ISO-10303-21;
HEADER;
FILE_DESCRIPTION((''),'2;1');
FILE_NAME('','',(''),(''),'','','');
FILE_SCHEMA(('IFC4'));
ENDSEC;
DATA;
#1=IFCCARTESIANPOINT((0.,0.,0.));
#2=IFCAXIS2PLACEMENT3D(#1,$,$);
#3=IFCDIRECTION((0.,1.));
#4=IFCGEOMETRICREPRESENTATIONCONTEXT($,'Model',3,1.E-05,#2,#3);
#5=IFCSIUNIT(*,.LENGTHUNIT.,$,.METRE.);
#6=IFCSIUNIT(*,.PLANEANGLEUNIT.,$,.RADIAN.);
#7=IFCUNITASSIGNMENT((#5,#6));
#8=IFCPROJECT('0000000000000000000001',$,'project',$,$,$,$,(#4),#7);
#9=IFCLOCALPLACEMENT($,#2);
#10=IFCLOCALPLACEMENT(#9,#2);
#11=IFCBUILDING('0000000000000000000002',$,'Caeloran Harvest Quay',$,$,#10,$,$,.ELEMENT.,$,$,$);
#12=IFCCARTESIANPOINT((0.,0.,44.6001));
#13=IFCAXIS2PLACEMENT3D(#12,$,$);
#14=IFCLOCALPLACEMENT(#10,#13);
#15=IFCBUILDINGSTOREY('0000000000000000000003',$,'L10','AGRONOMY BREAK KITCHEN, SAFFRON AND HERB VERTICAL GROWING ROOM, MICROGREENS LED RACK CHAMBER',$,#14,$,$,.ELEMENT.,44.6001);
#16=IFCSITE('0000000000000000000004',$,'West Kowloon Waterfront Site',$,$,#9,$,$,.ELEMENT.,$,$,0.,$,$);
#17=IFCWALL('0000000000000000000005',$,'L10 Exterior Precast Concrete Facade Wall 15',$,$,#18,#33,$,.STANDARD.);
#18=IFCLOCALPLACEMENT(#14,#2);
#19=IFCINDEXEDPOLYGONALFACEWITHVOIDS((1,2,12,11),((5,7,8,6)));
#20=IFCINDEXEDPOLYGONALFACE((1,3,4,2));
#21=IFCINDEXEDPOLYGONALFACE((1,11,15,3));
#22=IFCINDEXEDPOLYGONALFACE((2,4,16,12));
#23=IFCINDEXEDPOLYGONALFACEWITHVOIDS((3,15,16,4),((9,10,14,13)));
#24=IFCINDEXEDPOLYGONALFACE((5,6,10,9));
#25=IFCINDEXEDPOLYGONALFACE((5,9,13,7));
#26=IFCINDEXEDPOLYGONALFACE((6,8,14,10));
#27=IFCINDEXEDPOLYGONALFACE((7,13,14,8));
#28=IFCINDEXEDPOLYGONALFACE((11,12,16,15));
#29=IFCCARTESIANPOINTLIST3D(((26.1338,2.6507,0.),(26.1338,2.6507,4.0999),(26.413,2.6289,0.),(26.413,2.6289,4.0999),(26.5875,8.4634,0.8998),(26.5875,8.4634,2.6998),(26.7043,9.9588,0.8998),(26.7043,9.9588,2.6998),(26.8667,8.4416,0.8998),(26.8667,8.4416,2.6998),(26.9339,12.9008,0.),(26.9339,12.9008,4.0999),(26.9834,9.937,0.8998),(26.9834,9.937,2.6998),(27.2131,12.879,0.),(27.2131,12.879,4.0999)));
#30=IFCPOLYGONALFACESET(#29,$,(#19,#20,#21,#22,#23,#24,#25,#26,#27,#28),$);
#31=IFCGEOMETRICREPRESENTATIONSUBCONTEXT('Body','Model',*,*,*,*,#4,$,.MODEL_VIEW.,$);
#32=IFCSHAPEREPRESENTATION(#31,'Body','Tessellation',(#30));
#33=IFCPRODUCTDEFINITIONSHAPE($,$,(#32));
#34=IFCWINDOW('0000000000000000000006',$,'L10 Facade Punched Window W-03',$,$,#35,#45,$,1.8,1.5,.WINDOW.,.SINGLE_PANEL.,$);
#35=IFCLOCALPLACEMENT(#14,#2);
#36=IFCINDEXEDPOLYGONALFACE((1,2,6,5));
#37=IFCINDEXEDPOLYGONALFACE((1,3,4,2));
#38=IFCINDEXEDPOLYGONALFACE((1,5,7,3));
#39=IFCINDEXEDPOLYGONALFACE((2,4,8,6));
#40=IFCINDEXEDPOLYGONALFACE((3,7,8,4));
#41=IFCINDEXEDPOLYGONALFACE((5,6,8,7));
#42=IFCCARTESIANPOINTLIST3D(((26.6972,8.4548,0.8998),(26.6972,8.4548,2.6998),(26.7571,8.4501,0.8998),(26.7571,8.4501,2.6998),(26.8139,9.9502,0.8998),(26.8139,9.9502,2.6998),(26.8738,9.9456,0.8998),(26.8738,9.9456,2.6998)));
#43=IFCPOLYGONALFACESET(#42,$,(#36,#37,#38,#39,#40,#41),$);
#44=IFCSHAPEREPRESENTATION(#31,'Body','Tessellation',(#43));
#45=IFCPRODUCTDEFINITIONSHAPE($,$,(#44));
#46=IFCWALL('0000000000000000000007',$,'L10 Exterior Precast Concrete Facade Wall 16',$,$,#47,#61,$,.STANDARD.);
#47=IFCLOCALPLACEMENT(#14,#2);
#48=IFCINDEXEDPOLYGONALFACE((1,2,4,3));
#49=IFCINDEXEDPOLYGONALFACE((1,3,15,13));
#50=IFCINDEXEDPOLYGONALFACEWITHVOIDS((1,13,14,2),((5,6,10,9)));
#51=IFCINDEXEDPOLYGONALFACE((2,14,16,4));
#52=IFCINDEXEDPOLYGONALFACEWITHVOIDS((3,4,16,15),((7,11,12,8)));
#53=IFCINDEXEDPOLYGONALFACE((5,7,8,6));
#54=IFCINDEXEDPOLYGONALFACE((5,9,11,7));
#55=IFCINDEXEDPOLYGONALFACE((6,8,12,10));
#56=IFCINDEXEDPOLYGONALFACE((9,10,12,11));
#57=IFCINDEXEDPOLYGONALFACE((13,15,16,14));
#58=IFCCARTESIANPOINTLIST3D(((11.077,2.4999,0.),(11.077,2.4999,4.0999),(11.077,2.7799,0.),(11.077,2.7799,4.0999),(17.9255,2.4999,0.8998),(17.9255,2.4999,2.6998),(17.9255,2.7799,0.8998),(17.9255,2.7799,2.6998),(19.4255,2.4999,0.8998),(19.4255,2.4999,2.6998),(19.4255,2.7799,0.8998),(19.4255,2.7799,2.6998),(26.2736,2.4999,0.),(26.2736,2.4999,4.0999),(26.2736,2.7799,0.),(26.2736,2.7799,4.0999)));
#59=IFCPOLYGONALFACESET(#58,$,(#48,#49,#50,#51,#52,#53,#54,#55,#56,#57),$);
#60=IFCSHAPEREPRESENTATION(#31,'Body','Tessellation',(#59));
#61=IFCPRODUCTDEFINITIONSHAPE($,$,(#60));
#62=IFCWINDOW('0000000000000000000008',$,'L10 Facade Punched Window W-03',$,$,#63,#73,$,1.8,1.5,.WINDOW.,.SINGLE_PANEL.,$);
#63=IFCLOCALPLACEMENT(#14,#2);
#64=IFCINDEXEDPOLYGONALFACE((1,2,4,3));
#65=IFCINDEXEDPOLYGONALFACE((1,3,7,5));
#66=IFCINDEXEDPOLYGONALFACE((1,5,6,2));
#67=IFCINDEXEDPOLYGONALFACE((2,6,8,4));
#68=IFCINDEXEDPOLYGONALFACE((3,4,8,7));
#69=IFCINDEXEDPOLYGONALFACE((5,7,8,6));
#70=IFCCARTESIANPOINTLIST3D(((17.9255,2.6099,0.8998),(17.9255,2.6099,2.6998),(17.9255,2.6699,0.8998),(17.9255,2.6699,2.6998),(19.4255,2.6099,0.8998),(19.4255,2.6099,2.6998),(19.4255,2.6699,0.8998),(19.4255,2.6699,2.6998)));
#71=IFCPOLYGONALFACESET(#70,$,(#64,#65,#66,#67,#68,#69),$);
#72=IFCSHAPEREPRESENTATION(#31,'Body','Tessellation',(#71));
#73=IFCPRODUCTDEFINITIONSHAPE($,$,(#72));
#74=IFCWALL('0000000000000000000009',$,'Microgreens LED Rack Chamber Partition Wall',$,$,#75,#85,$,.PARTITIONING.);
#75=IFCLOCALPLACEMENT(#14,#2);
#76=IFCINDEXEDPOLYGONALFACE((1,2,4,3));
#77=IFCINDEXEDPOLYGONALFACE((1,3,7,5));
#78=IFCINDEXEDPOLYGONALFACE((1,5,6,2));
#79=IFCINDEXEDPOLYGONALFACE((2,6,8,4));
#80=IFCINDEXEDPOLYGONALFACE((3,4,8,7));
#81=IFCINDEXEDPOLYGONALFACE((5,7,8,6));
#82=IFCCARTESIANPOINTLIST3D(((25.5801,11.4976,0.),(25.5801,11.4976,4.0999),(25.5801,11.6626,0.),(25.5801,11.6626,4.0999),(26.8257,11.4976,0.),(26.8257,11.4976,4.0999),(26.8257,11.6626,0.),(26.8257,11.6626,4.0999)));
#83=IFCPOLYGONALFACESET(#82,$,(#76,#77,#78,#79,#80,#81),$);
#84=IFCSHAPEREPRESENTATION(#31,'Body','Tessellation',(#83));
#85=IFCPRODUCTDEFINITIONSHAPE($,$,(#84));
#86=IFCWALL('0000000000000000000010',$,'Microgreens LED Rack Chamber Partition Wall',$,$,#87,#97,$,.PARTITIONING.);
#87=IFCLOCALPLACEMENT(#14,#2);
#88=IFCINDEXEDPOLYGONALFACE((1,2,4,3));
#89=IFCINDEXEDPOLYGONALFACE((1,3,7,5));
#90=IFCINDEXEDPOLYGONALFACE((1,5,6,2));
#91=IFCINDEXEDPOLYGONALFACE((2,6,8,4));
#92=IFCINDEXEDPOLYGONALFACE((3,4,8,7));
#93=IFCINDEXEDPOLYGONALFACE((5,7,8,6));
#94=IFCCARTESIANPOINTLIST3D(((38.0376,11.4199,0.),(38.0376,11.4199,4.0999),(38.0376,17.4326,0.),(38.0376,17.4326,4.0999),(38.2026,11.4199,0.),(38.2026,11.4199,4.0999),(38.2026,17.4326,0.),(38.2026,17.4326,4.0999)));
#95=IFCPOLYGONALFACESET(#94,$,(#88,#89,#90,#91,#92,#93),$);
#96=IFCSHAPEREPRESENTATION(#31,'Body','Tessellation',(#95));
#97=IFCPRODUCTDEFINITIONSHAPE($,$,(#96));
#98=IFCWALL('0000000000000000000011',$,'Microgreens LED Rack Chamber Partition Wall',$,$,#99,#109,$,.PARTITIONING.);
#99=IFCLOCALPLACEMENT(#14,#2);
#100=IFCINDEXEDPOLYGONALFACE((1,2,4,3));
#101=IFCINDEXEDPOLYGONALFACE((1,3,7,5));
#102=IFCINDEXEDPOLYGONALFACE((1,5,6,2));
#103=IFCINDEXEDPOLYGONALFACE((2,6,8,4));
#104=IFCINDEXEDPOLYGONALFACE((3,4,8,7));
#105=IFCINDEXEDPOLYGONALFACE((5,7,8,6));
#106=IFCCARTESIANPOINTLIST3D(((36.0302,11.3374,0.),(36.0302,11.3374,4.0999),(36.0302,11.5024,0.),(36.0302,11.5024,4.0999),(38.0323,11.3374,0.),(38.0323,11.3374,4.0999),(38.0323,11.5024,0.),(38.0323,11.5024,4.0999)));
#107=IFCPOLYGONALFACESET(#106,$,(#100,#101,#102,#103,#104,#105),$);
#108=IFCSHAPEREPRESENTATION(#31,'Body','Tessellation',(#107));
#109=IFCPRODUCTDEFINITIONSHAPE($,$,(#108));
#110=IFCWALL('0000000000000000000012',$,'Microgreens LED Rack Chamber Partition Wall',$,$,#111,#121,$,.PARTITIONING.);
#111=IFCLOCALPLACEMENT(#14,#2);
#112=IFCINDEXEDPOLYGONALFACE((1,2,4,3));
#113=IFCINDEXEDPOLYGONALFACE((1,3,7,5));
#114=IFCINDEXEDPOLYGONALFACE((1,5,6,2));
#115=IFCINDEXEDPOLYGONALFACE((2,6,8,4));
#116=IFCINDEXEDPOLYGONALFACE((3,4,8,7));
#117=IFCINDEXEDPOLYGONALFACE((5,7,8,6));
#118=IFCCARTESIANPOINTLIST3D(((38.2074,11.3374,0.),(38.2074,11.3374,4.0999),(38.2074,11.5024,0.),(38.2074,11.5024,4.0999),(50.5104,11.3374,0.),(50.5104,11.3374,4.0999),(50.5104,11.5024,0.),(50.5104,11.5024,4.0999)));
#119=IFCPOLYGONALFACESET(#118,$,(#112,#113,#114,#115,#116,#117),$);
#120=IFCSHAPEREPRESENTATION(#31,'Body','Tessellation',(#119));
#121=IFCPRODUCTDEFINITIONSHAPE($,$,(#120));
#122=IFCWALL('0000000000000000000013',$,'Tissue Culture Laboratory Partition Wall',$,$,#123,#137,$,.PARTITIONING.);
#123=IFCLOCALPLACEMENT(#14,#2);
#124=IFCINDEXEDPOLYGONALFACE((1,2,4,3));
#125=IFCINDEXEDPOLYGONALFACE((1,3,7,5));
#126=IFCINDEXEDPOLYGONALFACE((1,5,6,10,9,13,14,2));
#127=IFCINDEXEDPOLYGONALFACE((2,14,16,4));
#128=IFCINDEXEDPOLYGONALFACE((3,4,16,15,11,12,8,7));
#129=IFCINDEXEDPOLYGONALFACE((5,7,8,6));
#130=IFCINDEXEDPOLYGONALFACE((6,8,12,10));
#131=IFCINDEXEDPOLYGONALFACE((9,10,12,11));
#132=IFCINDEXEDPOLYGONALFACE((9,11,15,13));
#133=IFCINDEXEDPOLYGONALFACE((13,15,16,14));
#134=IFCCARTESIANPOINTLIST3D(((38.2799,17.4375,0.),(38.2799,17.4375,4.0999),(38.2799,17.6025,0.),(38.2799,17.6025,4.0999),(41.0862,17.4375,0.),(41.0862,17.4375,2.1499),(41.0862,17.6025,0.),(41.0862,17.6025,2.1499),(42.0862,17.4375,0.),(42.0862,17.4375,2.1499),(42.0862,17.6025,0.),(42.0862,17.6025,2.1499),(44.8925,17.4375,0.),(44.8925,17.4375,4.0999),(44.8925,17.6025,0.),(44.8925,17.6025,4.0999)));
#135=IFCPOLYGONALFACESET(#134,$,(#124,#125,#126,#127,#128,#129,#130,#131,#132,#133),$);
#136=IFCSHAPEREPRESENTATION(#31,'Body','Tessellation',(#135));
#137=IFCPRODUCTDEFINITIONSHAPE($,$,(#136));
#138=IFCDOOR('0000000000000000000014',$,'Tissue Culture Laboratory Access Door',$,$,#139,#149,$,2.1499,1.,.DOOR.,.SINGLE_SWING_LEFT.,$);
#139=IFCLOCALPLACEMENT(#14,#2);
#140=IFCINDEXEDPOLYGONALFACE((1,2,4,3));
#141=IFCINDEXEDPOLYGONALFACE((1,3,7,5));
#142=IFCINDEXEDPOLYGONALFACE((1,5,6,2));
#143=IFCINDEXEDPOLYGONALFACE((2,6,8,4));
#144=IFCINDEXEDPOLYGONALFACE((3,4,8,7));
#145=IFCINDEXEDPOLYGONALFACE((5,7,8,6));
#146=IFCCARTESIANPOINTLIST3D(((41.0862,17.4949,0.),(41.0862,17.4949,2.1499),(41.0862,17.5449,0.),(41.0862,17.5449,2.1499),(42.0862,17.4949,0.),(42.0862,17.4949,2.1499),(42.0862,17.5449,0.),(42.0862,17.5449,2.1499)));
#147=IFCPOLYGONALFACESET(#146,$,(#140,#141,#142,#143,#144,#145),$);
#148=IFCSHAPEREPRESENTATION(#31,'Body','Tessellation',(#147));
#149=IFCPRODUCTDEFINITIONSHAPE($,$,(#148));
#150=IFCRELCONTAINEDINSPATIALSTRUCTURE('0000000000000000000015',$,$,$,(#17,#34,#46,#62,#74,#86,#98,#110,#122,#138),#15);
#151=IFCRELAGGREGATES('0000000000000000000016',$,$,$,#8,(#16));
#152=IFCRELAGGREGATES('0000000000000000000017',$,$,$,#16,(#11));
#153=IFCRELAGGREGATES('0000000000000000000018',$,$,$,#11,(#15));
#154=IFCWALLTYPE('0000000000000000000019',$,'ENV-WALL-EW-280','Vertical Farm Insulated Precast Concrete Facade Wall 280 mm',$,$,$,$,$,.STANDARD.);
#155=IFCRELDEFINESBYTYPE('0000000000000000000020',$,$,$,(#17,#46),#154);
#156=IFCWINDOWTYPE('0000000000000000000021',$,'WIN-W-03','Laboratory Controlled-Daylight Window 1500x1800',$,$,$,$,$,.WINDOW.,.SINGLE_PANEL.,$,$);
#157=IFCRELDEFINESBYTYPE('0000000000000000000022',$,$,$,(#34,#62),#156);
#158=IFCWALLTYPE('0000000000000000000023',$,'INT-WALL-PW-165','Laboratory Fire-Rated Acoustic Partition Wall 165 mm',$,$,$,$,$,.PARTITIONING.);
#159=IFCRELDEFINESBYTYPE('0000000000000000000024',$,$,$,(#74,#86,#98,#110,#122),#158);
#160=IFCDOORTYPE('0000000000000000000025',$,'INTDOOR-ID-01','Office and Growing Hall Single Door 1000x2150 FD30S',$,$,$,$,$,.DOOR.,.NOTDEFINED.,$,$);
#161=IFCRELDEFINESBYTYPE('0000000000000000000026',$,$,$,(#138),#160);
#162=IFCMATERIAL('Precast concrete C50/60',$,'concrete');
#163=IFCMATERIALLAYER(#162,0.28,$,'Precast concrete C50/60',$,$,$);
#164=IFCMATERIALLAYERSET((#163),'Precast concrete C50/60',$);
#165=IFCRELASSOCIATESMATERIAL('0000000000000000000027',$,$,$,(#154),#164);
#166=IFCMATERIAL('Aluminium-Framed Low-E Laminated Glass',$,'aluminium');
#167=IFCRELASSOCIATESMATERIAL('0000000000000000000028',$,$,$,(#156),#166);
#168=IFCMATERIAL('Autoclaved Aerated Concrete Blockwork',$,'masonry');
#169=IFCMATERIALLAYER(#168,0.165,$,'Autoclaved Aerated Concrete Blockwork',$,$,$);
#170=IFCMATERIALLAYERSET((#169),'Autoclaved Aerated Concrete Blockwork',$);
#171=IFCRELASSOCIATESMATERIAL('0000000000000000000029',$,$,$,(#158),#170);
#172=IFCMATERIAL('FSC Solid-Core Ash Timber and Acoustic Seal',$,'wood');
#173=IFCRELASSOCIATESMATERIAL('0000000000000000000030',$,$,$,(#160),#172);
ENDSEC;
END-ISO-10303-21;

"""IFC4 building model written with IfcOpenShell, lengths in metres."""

from ifc_helpers import new_model, si_unit, direction, frame, frame_2d, origin, place, context, subcontext, project, spatial, rectangle, extrude, material, layer, layer_set, type_object, element, fill, save


model = new_model("IFC4")

# Units and contexts
model_context = context("Model", 3, precision=1e-05, world=origin(), true_north=direction((0.0, 1.0)))
body_context = subcontext(model_context, "Body", "Model", "MODEL_VIEW")
ifc_project = project(units=[si_unit("LENGTHUNIT", "METRE"), si_unit("PLANEANGLEUNIT", "RADIAN")], contexts=[model_context])

# Site, building, storey
site_placement = place(None, origin())
site = spatial("IfcSite", under=ifc_project, at=site_placement, Name="West Kowloon Waterfront Site", CompositionType="ELEMENT", RefElevation=0.0)
building_placement = place(site_placement, origin())
building = spatial("IfcBuilding", under=site, at=building_placement, Name="Caeloran Harvest Quay", CompositionType="ELEMENT")
storey_placement = place(building_placement, frame((0.0, 0.0, 44.6001)))
storey = spatial("IfcBuildingStorey", under=building, at=storey_placement, Name="L10", Description="AGRONOMY BREAK KITCHEN, SAFFRON AND HERB VERTICAL GROWING ROOM, MICROGREENS LED RACK CHAMBER", CompositionType="ELEMENT", Elevation=44.6001)

# Shared definitions
ifc_material_1 = material(Name="Precast concrete C50/60", Category="concrete")

# Walls, openings, windows
ifc_layer_1 = layer(ifc_material_1, 0.28, Name="Precast concrete C50/60")
ifc_layer_set_1 = layer_set([ifc_layer_1], Name="Precast concrete C50/60")
wall_type_1 = type_object("IfcWallType", Name="ENV-WALL-EW-280", Description="Vertical Farm Insulated Precast Concrete Facade Wall 280 mm", PredefinedType="STANDARD", material=ifc_layer_set_1)
ifc_material_2 = material(Name="Aluminium-Framed Low-E Laminated Glass", Category="aluminium")
window_type = type_object("IfcWindowType", Name="WIN-W-03", Description="Laboratory Controlled-Daylight Window 1500x1800", PartitioningType="SINGLE_PANEL", PredefinedType="WINDOW", material=ifc_material_2)
wall_1_placement = place(storey_placement, frame((27.0735, 12.8899, 0.0), z_axis=(0.0, 0.0, 1.0), x_axis=(-0.077817, -0.996968, 0.0)))
wall_1 = element("IfcWall", 1, at=wall_1_placement, inside=storey, type_object=wall_type_1, Name="L10 Exterior Precast Concrete Facade Wall 15", PredefinedType="STANDARD", context=body_context, shape_type="SweptSolid", body=[
    extrude(rectangle(XDim=10.2812, YDim=0.28, at=frame_2d((5.1406, 0.0))), origin(), (0.0, 0.0, 1.0), 4.0999),
])
opening_1_placement = place(wall_1_placement, frame((2.9509, 0.0, 0.8999)))
opening_1 = element("IfcOpeningElement", 2, at=opening_1_placement, cuts=wall_1, PredefinedType="OPENING", context=body_context, shape_type="SweptSolid", body=[
    extrude(rectangle(XDim=1.5, YDim=1.8, at=frame_2d((0.75, 0.8999))), frame((0.0, 0.1499, 0.0), z_axis=(0.0, -1.0, 0.0), x_axis=(1.0, 0.0, 0.0)), (0.0, 0.0, 1.0), 0.3),
])
window_1_placement = place(opening_1_placement, origin())
window_1 = element("IfcWindow", 3, at=window_1_placement, inside=storey, type_object=window_type, Name="L10 Facade Punched Window W-03", OverallHeight=1.8, OverallWidth=1.5, PartitioningType="SINGLE_PANEL", PredefinedType="WINDOW", context=body_context, shape_type="SweptSolid", body=[
    extrude(rectangle(XDim=1.5, YDim=1.8, at=frame_2d((0.75, 0.8999))), frame((0.0, 0.03, 0.0), z_axis=(0.0, -1.0, 0.0), x_axis=(1.0, 0.0, 0.0)), (0.0, 0.0, 1.0), 0.0601),
])
fill(opening_1, window_1)
wall_2_placement = place(storey_placement, frame((26.2734, 2.6399, 0.0), z_axis=(0.0, 0.0, 1.0), x_axis=(-1.0, 0.0, 0.0)))
wall_2 = element("IfcWall", 4, at=wall_2_placement, inside=storey, type_object=wall_type_1, Name="L10 Exterior Precast Concrete Facade Wall 16", PredefinedType="STANDARD", context=body_context, shape_type="SweptSolid", body=[
    extrude(rectangle(XDim=15.1965, YDim=0.28, at=frame_2d((7.5981, 0.0))), origin(), (0.0, 0.0, 1.0), 4.0999),
])
opening_2_placement = place(wall_2_placement, frame((6.8479, 0.0, 0.8999)))
opening_2 = element("IfcOpeningElement", 5, at=opening_2_placement, cuts=wall_2, PredefinedType="OPENING", context=body_context, shape_type="SweptSolid", body=[
    extrude(rectangle(XDim=1.5, YDim=1.8, at=frame_2d((0.75, 0.8999))), frame((0.0, 0.1499, 0.0), z_axis=(0.0, -1.0, 0.0), x_axis=(1.0, 0.0, 0.0)), (0.0, 0.0, 1.0), 0.3),
])
window_2_placement = place(opening_2_placement, origin())
window_2 = element("IfcWindow", 6, at=window_2_placement, inside=storey, type_object=window_type, Name="L10 Facade Punched Window W-03", OverallHeight=1.8, OverallWidth=1.5, PartitioningType="SINGLE_PANEL", PredefinedType="WINDOW", context=body_context, shape_type="SweptSolid", body=[
    extrude(rectangle(XDim=1.5, YDim=1.8, at=frame_2d((0.75, 0.8999))), frame((0.0, 0.03, 0.0), z_axis=(0.0, -1.0, 0.0), x_axis=(1.0, 0.0, 0.0)), (0.0, 0.0, 1.0), 0.0601),
])
fill(opening_2, window_2)

# Walls
ifc_material_3 = material(Name="Autoclaved Aerated Concrete Blockwork", Category="masonry")
ifc_layer_2 = layer(ifc_material_3, 0.165, Name="Autoclaved Aerated Concrete Blockwork")
ifc_layer_set_2 = layer_set([ifc_layer_2], Name="Autoclaved Aerated Concrete Blockwork")
wall_type_2 = type_object("IfcWallType", Name="INT-WALL-PW-165", Description="Laboratory Fire-Rated Acoustic Partition Wall 165 mm", PredefinedType="PARTITIONING", material=ifc_layer_set_2)
wall_3_placement = place(storey_placement, frame((26.8257, 11.5801, 0.0), z_axis=(0.0, 0.0, 1.0), x_axis=(-1.0, 0.0, 0.0)))
element("IfcWall", 7, at=wall_3_placement, inside=storey, type_object=wall_type_2, Name="Microgreens LED Rack Chamber Partition Wall", PredefinedType="PARTITIONING", context=body_context, shape_type="SweptSolid", body=[
    extrude(rectangle(XDim=1.2456, YDim=0.165, at=frame_2d((0.6228, 0.0))), origin(), (0.0, 0.0, 1.0), 4.0999),
])
wall_4_placement = place(storey_placement, frame((38.1201, 17.4326, 0.0), z_axis=(0.0, 0.0, 1.0), x_axis=(0.0, -1.0, 0.0)))
element("IfcWall", 8, at=wall_4_placement, inside=storey, type_object=wall_type_2, Name="Microgreens LED Rack Chamber Partition Wall", PredefinedType="PARTITIONING", context=body_context, shape_type="SweptSolid", body=[
    extrude(rectangle(XDim=6.0127, YDim=0.165, at=frame_2d((3.0063, 0.0))), origin(), (0.0, 0.0, 1.0), 4.0999),
])
wall_5_placement = place(storey_placement, frame((36.0303, 11.4199, 0.0), z_axis=(0.0, 0.0, 1.0), x_axis=(1.0, 0.0, 0.0)))
element("IfcWall", 9, at=wall_5_placement, inside=storey, type_object=wall_type_2, Name="Microgreens LED Rack Chamber Partition Wall", PredefinedType="PARTITIONING", context=body_context, shape_type="SweptSolid", body=[
    extrude(rectangle(XDim=2.0022, YDim=0.165, at=frame_2d((1.001, 0.0))), origin(), (0.0, 0.0, 1.0), 4.0999),
])
wall_6_placement = place(storey_placement, frame((38.2075, 11.4199, 0.0), z_axis=(0.0, 0.0, 1.0), x_axis=(1.0, 0.0, 0.0)))
element("IfcWall", 10, at=wall_6_placement, inside=storey, type_object=wall_type_2, Name="Microgreens LED Rack Chamber Partition Wall", PredefinedType="PARTITIONING", context=body_context, shape_type="SweptSolid", body=[
    extrude(rectangle(XDim=12.303, YDim=0.165, at=frame_2d((6.1514, 0.0))), origin(), (0.0, 0.0, 1.0), 4.0999),
])

# Wall, opening, door
wall_7_placement = place(storey_placement, frame((38.28, 17.52, 0.0), z_axis=(0.0, 0.0, 1.0), x_axis=(1.0, 0.0, 0.0)))
wall_7 = element("IfcWall", 11, at=wall_7_placement, inside=storey, type_object=wall_type_2, Name="Tissue Culture Laboratory Partition Wall", PredefinedType="PARTITIONING", context=body_context, shape_type="SweptSolid", body=[
    extrude(rectangle(XDim=6.6125, YDim=0.165, at=frame_2d((3.3062, 0.0))), origin(), (0.0, 0.0, 1.0), 4.0999),
])
opening_3_placement = place(wall_7_placement, frame((2.8062, 0.0, 0.0)))
opening_3 = element("IfcOpeningElement", 12, at=opening_3_placement, cuts=wall_7, PredefinedType="OPENING", context=body_context, shape_type="SweptSolid", body=[
    extrude(rectangle(XDim=1.0, YDim=2.1499, at=frame_2d((0.5, 1.075))), frame((0.0, 0.0925, 0.0), z_axis=(0.0, -1.0, 0.0), x_axis=(1.0, 0.0, 0.0)), (0.0, 0.0, 1.0), 0.1851),
])
ifc_material_4 = material(Name="FSC Solid-Core Ash Timber and Acoustic Seal", Category="wood")
door_type_1 = type_object("IfcDoorType", Name="INTDOOR-ID-01", Description="Office and Growing Hall Single Door 1000x2150 FD30S", OperationType="NOTDEFINED", PredefinedType="DOOR", material=ifc_material_4)
door_1_placement = place(opening_3_placement, origin())
door_1 = element("IfcDoor", 13, at=door_1_placement, inside=storey, type_object=door_type_1, Name="Tissue Culture Laboratory Access Door", OperationType="SINGLE_SWING_LEFT", OverallHeight=2.1499, OverallWidth=1.0, PredefinedType="DOOR", context=body_context, shape_type="SweptSolid", body=[
    extrude(rectangle(XDim=1.0, YDim=2.1499, at=frame_2d((0.5, 1.075))), frame((0.0, 0.0249, 0.0), z_axis=(0.0, -1.0, 0.0), x_axis=(1.0, 0.0, 0.0)), (0.0, 0.0, 1.0), 0.05),
])
fill(opening_3, door_1)

save(model, "model.ifc")
